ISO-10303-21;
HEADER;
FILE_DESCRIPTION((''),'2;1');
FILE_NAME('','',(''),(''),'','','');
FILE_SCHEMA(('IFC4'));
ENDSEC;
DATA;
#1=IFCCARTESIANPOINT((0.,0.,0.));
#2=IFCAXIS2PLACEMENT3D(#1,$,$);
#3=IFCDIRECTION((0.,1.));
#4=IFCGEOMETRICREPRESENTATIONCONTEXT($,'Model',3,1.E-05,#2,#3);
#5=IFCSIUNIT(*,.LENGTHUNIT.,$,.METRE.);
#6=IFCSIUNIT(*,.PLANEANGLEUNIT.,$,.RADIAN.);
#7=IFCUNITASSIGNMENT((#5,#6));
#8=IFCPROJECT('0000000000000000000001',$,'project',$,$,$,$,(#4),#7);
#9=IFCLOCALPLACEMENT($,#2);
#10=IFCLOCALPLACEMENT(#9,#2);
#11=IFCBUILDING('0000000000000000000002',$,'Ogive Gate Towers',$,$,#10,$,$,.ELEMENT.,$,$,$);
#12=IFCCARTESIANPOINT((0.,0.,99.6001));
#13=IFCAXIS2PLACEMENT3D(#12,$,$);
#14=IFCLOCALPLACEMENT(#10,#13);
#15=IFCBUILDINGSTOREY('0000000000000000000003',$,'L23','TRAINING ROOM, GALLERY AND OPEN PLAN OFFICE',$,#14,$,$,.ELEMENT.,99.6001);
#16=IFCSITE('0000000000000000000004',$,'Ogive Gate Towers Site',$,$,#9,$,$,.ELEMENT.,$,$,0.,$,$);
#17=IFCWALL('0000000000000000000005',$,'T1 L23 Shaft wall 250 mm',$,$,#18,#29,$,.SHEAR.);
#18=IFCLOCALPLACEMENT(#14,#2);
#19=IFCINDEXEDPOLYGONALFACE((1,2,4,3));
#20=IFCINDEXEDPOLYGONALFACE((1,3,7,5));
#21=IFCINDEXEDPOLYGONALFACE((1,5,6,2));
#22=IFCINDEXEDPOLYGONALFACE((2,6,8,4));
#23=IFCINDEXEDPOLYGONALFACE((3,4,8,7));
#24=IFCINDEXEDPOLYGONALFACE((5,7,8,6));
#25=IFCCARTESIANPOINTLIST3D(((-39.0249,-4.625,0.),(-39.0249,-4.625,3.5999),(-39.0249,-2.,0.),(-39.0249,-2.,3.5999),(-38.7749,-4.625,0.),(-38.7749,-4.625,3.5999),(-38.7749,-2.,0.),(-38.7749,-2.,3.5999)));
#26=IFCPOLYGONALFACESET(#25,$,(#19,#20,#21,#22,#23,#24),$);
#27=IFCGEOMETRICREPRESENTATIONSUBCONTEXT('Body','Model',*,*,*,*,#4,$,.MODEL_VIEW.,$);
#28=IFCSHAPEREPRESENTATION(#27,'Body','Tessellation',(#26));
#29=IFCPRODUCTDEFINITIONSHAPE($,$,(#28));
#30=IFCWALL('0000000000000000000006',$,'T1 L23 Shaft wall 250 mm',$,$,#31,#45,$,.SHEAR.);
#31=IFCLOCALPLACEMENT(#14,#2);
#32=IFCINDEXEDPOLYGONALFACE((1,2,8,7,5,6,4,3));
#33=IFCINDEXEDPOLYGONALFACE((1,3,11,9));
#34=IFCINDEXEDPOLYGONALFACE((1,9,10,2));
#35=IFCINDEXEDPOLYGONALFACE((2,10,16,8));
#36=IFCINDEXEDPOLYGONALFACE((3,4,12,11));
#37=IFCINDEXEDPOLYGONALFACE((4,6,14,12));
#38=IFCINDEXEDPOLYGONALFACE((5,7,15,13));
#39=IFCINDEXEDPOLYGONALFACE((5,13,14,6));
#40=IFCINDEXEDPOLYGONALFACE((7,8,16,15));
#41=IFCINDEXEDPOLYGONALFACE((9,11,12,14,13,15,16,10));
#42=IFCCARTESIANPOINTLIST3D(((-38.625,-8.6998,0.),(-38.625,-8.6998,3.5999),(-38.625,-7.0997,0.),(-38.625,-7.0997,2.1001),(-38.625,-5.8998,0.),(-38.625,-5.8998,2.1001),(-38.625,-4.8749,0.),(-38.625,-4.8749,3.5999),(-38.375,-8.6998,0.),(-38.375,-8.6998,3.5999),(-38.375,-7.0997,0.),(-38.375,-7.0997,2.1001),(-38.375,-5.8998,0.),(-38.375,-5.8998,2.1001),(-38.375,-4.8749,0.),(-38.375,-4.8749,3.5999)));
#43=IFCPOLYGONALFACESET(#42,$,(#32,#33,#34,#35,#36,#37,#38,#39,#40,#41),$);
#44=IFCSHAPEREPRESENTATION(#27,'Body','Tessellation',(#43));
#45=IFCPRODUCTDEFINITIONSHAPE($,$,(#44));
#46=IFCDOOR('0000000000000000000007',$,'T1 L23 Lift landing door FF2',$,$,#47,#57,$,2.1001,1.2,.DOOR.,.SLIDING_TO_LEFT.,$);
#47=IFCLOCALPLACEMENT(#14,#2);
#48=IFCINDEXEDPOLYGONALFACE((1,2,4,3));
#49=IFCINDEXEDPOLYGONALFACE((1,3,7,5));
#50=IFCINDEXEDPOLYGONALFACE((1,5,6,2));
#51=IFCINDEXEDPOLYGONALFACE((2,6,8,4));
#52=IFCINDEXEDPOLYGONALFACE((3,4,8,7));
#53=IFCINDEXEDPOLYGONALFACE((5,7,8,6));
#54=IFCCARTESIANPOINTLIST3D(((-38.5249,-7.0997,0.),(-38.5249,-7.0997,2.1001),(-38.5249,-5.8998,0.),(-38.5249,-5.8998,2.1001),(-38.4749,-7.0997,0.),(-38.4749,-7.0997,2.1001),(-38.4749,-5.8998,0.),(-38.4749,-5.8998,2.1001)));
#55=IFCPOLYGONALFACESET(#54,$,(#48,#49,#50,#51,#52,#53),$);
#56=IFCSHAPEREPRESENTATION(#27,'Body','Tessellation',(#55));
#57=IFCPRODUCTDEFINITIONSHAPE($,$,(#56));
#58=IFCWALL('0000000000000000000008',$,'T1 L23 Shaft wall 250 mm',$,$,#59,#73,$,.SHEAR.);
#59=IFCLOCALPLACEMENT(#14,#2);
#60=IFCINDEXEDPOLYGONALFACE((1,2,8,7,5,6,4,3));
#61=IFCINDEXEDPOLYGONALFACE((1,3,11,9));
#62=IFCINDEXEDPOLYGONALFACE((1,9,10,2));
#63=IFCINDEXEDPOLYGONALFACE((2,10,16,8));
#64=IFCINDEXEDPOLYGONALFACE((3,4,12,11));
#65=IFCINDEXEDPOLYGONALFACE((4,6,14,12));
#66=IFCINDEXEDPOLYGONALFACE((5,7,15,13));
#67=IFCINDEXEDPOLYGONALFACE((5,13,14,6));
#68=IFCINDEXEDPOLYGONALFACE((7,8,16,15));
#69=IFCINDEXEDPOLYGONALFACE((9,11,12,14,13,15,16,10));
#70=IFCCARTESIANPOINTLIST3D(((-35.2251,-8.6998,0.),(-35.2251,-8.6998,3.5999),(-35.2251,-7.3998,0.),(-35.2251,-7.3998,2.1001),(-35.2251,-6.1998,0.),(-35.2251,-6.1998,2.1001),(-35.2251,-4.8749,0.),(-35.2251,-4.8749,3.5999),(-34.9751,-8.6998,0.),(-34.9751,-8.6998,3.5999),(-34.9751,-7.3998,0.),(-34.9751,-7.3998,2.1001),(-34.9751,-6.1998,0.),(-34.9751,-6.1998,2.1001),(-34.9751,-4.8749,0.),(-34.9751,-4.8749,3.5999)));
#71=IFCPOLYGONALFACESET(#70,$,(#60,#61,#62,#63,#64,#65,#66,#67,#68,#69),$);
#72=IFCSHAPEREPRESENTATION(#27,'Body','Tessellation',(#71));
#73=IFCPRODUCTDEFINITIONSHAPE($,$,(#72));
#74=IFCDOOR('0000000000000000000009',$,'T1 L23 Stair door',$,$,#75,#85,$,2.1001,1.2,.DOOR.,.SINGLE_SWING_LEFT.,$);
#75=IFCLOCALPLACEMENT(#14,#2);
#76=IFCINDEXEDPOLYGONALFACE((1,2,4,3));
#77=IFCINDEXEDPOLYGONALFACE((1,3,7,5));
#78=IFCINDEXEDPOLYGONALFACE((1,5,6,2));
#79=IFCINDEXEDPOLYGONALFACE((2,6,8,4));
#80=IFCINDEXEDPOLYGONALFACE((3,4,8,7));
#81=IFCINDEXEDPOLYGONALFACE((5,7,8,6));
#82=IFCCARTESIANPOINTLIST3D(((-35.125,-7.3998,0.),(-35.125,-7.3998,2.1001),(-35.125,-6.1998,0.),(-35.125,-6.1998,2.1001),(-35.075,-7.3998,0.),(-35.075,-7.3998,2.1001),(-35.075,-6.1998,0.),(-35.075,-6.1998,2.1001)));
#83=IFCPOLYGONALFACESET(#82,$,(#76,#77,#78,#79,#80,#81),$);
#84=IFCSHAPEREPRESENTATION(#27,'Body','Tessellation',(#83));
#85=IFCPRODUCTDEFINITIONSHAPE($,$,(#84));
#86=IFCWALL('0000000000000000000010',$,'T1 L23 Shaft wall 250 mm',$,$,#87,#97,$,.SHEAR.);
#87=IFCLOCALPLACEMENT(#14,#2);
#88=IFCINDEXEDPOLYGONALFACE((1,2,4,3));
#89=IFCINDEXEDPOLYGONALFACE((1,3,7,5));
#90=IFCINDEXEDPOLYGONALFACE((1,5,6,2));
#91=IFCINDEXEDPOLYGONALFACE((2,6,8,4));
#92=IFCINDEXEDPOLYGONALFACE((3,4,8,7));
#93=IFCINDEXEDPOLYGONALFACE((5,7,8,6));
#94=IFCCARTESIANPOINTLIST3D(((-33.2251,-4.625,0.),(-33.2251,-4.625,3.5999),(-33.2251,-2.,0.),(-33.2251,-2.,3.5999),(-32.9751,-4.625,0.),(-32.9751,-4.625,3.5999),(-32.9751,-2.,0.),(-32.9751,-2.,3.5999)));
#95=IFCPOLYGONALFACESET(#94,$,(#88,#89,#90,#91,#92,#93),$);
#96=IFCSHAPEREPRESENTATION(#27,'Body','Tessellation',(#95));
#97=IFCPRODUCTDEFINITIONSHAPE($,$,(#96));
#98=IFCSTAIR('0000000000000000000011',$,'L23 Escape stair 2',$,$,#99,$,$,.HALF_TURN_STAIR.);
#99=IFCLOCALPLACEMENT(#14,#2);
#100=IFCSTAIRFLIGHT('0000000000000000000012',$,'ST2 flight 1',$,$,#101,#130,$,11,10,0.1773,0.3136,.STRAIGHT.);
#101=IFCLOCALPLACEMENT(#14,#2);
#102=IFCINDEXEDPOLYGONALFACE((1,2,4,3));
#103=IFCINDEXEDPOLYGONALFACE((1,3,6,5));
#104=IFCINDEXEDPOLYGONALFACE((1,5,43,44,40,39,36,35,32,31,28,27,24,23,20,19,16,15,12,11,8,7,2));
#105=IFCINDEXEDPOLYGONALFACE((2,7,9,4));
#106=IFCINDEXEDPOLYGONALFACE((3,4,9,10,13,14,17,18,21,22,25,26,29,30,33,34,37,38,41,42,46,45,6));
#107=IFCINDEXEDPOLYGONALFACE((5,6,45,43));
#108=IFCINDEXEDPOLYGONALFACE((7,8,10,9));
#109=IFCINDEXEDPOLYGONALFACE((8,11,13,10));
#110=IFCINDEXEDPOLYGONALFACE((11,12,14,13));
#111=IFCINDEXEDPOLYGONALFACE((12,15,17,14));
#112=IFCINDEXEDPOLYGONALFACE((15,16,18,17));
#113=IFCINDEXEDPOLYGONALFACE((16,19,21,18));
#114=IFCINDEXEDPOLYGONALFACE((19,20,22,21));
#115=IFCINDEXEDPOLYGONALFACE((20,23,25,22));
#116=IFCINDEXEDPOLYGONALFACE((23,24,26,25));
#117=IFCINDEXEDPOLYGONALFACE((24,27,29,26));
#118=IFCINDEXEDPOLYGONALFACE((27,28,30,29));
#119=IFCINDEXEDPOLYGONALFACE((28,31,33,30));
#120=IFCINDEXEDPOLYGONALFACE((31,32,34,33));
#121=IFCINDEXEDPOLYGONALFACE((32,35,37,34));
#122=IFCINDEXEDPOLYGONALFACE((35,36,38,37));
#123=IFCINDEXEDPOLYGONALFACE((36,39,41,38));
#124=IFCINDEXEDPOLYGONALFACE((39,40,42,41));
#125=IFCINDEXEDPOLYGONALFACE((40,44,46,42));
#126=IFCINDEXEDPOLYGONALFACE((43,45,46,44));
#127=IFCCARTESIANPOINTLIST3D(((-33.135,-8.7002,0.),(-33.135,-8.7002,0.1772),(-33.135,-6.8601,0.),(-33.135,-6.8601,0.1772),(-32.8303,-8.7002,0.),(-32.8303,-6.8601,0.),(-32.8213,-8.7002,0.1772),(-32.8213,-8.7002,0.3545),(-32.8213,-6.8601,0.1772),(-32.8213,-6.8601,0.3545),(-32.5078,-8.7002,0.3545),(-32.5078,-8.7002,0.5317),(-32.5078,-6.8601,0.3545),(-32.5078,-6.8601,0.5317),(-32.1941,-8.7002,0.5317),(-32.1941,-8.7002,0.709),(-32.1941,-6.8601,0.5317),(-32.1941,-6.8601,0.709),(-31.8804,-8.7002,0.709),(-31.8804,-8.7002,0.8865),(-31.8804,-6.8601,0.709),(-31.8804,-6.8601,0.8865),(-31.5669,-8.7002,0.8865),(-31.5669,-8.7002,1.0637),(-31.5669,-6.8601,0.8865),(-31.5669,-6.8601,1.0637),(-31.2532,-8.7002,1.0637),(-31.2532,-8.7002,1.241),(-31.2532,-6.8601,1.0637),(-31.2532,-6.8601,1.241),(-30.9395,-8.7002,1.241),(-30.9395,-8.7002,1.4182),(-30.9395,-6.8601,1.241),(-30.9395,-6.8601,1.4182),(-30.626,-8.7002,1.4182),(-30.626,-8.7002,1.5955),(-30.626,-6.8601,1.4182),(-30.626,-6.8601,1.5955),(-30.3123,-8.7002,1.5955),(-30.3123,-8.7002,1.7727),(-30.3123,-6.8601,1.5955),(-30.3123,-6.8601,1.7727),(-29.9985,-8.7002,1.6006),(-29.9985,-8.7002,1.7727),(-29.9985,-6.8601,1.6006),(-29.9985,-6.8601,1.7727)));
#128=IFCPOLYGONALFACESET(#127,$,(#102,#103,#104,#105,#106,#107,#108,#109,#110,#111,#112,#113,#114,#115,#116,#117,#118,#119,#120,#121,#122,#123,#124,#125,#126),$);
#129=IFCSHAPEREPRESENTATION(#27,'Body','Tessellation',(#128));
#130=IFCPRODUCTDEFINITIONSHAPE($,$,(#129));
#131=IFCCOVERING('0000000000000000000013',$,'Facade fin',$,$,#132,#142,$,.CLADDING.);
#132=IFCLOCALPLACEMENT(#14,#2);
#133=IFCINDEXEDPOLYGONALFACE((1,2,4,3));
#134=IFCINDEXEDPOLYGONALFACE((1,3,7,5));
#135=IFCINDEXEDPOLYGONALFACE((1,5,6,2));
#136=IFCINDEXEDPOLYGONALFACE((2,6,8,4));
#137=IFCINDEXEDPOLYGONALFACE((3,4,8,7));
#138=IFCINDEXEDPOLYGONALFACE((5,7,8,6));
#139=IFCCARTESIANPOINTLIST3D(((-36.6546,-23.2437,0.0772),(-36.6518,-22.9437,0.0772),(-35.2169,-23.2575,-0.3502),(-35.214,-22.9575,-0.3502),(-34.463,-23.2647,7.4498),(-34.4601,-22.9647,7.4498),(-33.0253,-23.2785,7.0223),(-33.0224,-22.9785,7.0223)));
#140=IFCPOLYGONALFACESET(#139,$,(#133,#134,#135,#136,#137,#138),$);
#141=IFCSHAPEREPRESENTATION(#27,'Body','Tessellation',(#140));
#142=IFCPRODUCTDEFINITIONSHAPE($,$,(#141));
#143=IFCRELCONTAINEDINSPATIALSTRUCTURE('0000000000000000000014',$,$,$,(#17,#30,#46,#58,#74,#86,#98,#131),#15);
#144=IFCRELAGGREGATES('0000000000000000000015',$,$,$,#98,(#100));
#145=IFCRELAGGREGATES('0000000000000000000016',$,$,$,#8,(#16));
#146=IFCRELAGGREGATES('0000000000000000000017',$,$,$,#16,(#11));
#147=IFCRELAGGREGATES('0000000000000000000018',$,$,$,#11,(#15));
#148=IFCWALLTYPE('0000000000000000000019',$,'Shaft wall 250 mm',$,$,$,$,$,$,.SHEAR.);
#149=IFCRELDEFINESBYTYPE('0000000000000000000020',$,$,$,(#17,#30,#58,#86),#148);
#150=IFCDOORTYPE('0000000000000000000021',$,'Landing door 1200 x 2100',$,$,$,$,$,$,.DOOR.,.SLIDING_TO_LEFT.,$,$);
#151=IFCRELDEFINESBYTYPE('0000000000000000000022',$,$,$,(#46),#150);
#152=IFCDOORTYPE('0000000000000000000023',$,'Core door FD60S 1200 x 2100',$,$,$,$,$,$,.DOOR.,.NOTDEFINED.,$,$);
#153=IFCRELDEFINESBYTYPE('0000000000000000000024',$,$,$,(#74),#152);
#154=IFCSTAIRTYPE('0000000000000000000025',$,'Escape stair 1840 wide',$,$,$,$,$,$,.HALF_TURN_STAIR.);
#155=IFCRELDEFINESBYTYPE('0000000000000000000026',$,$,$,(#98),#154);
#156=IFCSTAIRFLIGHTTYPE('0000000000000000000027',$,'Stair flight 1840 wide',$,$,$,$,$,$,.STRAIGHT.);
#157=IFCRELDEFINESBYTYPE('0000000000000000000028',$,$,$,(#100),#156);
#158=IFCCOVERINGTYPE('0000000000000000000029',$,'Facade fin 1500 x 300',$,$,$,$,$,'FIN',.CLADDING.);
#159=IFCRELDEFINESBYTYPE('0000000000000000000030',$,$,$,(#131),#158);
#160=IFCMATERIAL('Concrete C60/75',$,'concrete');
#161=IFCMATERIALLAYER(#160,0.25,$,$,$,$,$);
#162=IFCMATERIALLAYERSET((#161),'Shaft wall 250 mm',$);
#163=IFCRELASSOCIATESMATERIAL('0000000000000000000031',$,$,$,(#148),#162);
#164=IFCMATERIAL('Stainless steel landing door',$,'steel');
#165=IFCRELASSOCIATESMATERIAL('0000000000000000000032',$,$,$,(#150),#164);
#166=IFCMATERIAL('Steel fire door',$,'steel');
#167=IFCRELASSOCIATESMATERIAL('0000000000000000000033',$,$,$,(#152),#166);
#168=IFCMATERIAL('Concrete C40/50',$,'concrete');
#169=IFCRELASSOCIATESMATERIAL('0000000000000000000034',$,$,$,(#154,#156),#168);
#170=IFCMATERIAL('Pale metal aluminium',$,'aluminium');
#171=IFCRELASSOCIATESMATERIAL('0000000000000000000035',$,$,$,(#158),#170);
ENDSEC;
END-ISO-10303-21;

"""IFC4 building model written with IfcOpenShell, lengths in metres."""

from ifc_helpers import new_model, si_unit, direction, frame, frame_2d, origin, origin_2d, place, context, subcontext, project, spatial, polyline, rectangle, outline, extrude, material, layer, layer_set, material_profile, profile_set, type_object, element, fill, aggregate, save


model = new_model("IFC4")

# Units and contexts
model_context = context("Model", 3, precision=1e-05, world=origin(), true_north=direction((0.0, 1.0)))
body_context = subcontext(model_context, "Body", "Model", "MODEL_VIEW")
ifc_project = project(units=[si_unit("LENGTHUNIT", "METRE"), si_unit("PLANEANGLEUNIT", "RADIAN")], contexts=[model_context])

# Site, building, storey
site_placement = place(None, origin())
site = spatial("IfcSite", under=ifc_project, at=site_placement, Name="Ogive Gate Towers Site", CompositionType="ELEMENT", RefElevation=0.0)
building_placement = place(site_placement, origin())
building = spatial("IfcBuilding", under=site, at=building_placement, Name="Ogive Gate Towers", CompositionType="ELEMENT")
storey_placement = place(building_placement, frame((0.0, 0.0, 99.6001)))
storey = spatial("IfcBuildingStorey", under=building, at=storey_placement, Name="L23", Description="TRAINING ROOM, GALLERY AND OPEN PLAN OFFICE", CompositionType="ELEMENT", Elevation=99.6001)

# Shared definitions
ifc_material_1 = material(Name="Pale metal aluminium", Category="aluminium")

# Wall
ifc_material_2 = material(Name="Concrete C60/75", Category="concrete")
ifc_layer_1 = layer(ifc_material_2, 0.25)
ifc_layer_set_1 = layer_set([ifc_layer_1], Name="Shaft wall 250 mm")
wall_type_1 = type_object("IfcWallType", Name="Shaft wall 250 mm", PredefinedType="SHEAR", material=ifc_layer_set_1)
wall_1_placement = place(storey_placement, frame((-38.8999, -4.625, 0.0), z_axis=(0.0, 0.0, 1.0), x_axis=(0.0, 1.0, 0.0)))
element("IfcWall", 1, at=wall_1_placement, inside=storey, type_object=wall_type_1, Name="T1 L23 Shaft wall 250 mm", PredefinedType="SHEAR", context=body_context, shape_type="SweptSolid", body=[
    extrude(rectangle(XDim=2.625, YDim=0.25, at=frame_2d((1.3125, 0.0))), origin(), (0.0, 0.0, 1.0), 3.5999),
])

# Walls, openings, doors
wall_2_placement = place(storey_placement, frame((-38.5, -8.7, 0.0), z_axis=(0.0, 0.0, 1.0), x_axis=(0.0, 1.0, 0.0)))
wall_2 = element("IfcWall", 2, at=wall_2_placement, inside=storey, type_object=wall_type_1, Name="T1 L23 Shaft wall 250 mm", PredefinedType="SHEAR", context=body_context, shape_type="SweptSolid", body=[
    extrude(rectangle(XDim=3.825, YDim=0.25, at=frame_2d((1.9126, 0.0))), origin(), (0.0, 0.0, 1.0), 3.5999),
])
opening_1_placement = place(wall_2_placement, frame((1.6001, 0.0, 0.0)))
opening_1 = element("IfcOpeningElement", 3, at=opening_1_placement, cuts=wall_2, PredefinedType="OPENING", context=body_context, shape_type="SweptSolid", body=[
    extrude(rectangle(XDim=1.2, YDim=2.1001, at=frame_2d((0.6001, 1.05))), frame((0.0, 0.135, 0.0), z_axis=(0.0, -1.0, 0.0), x_axis=(1.0, 0.0, 0.0)), (0.0, 0.0, 1.0), 0.27),
])
ifc_material_3 = material(Name="Stainless steel landing door", Category="steel")
door_type_1 = type_object("IfcDoorType", Name="Landing door 1200 x 2100", OperationType="SLIDING_TO_LEFT", PredefinedType="DOOR", material=ifc_material_3)
door_1_placement = place(opening_1_placement, origin())
door_1 = element("IfcDoor", 4, at=door_1_placement, inside=storey, type_object=door_type_1, Name="T1 L23 Lift landing door FF2", OperationType="SLIDING_TO_LEFT", OverallHeight=2.1001, OverallWidth=1.2, PredefinedType="DOOR", context=body_context, shape_type="SweptSolid", body=[
    extrude(rectangle(XDim=1.2, YDim=2.1001, at=frame_2d((0.6001, 1.05))), frame((0.0, 0.0249, 0.0), z_axis=(0.0, -1.0, 0.0), x_axis=(1.0, 0.0, 0.0)), (0.0, 0.0, 1.0), 0.05),
])
fill(opening_1, door_1)
wall_3_placement = place(storey_placement, frame((-35.1001, -8.7, 0.0), z_axis=(0.0, 0.0, 1.0), x_axis=(0.0, 1.0, 0.0)))
wall_3 = element("IfcWall", 5, at=wall_3_placement, inside=storey, type_object=wall_type_1, Name="T1 L23 Shaft wall 250 mm", PredefinedType="SHEAR", context=body_context, shape_type="SweptSolid", body=[
    extrude(rectangle(XDim=3.825, YDim=0.25, at=frame_2d((1.9126, 0.0))), origin(), (0.0, 0.0, 1.0), 3.5999),
])
opening_2_placement = place(wall_3_placement, frame((1.3, 0.0, 0.0)))
opening_2 = element("IfcOpeningElement", 6, at=opening_2_placement, cuts=wall_3, PredefinedType="OPENING", context=body_context, shape_type="SweptSolid", body=[
    extrude(rectangle(XDim=1.2, YDim=2.1001, at=frame_2d((0.6001, 1.05))), frame((0.0, 0.135, 0.0), z_axis=(0.0, -1.0, 0.0), x_axis=(1.0, 0.0, 0.0)), (0.0, 0.0, 1.0), 0.27),
])
ifc_material_4 = material(Name="Steel fire door", Category="steel")
door_type_2 = type_object("IfcDoorType", Name="Core door FD60S 1200 x 2100", OperationType="NOTDEFINED", PredefinedType="DOOR", material=ifc_material_4)
door_2_placement = place(opening_2_placement, origin())
door_2 = element("IfcDoor", 7, at=door_2_placement, inside=storey, type_object=door_type_2, Name="T1 L23 Stair door", OperationType="SINGLE_SWING_LEFT", OverallHeight=2.1001, OverallWidth=1.2, PredefinedType="DOOR", context=body_context, shape_type="SweptSolid", body=[
    extrude(rectangle(XDim=1.2, YDim=2.1001, at=frame_2d((0.6001, 1.05))), frame((0.0, 0.0249, 0.0), z_axis=(0.0, -1.0, 0.0), x_axis=(1.0, 0.0, 0.0)), (0.0, 0.0, 1.0), 0.05),
])
fill(opening_2, door_2)

# Wall
wall_4_placement = place(storey_placement, frame((-33.1001, -4.625, 0.0), z_axis=(0.0, 0.0, 1.0), x_axis=(0.0, 1.0, 0.0)))
element("IfcWall", 8, at=wall_4_placement, inside=storey, type_object=wall_type_1, Name="T1 L23 Shaft wall 250 mm", PredefinedType="SHEAR", context=body_context, shape_type="SweptSolid", body=[
    extrude(rectangle(XDim=2.625, YDim=0.25, at=frame_2d((1.3125, 0.0))), origin(), (0.0, 0.0, 1.0), 3.5999),
])

# Stair, stair flight
ifc_material_5 = material(Name="Concrete C40/50", Category="concrete")
stair_type = type_object("IfcStairType", Name="Escape stair 1840 wide", PredefinedType="HALF_TURN_STAIR", material=ifc_material_5)
stair_placement = place(storey_placement, origin())
stair = element("IfcStair", 9, at=stair_placement, inside=storey, type_object=stair_type, Name="L23 Escape stair 2", PredefinedType="HALF_TURN_STAIR")
stair_flight_type = type_object("IfcStairFlightType", Name="Stair flight 1840 wide", PredefinedType="STRAIGHT", material=ifc_material_5)
stair_flight_placement = place(storey_placement, frame((-33.135, -7.78, 0.0), z_axis=(0.0, 0.0, 1.0), x_axis=(1.0, 0.0, 0.0)))
stair_flight = element("IfcStairFlight", 10, at=stair_flight_placement, type_object=stair_flight_type, Name="ST2 flight 1", NumberOfRisers=11, NumberOfTreads=10, PredefinedType="STRAIGHT", RiserHeight=0.1773, TreadLength=0.3136, context=body_context, shape_type="SweptSolid", body=[
    extrude(outline(polyline([(0.0, 0.0), (0.0, 0.1772), (0.3137, 0.1772), (0.3137, 0.3545), (0.6272, 0.3545), (0.6272, 0.5317), (0.9409, 0.5317), (0.9409, 0.709), (1.2546, 0.709), (1.2546, 0.8865), (1.5681, 0.8865), (1.5681, 1.0637), (1.8818, 1.0637), (1.8818, 1.241), (2.1956, 1.241), (2.1956, 1.4182), (2.509, 1.4182), (2.509, 1.5955), (2.8228, 1.5955), (2.8228, 1.7727), (3.1365, 1.7727), (3.1365, 1.95), (3.1365, 1.6006), (0.3047, 0.0), (0.0, 0.0)])), frame((0.0, 0.9199, 0.0), z_axis=(0.0, -1.0, 0.0), x_axis=(1.0, 0.0, 0.0)), (0.0, 0.0, 1.0), 1.8401),
])
aggregate(stair, [stair_flight])

# Covering
ifc_material_profile_1 = material_profile(ifc_material_1, rectangle(XDim=0.3, YDim=1.5, at=origin_2d()), Name="1500 x 300 pale metal aluminium")
ifc_profile_set_1 = profile_set([ifc_material_profile_1], Name="Pale metal aluminium")
covering_type = type_object("IfcCoveringType", Name="Facade fin 1500 x 300", ElementType="FIN", PredefinedType="CLADDING", material=ifc_profile_set_1)
covering_placement = place(storey_placement, frame((-35.9343, -23.1006, -0.1365), z_axis=(0.284946, -0.00273, 0.95854), x_axis=(0.00958, 0.999954, 0.0)))
element("IfcCovering", 11, at=covering_placement, inside=storey, type_object=covering_type, Name="Facade fin", PredefinedType="CLADDING", context=body_context, shape_type="SweptSolid", body=[
    extrude(rectangle(XDim=0.3, YDim=1.5, at=origin_2d()), origin(), (0.0, 0.0, 1.0), 7.6914),
])

save(model, "model.ifc")
